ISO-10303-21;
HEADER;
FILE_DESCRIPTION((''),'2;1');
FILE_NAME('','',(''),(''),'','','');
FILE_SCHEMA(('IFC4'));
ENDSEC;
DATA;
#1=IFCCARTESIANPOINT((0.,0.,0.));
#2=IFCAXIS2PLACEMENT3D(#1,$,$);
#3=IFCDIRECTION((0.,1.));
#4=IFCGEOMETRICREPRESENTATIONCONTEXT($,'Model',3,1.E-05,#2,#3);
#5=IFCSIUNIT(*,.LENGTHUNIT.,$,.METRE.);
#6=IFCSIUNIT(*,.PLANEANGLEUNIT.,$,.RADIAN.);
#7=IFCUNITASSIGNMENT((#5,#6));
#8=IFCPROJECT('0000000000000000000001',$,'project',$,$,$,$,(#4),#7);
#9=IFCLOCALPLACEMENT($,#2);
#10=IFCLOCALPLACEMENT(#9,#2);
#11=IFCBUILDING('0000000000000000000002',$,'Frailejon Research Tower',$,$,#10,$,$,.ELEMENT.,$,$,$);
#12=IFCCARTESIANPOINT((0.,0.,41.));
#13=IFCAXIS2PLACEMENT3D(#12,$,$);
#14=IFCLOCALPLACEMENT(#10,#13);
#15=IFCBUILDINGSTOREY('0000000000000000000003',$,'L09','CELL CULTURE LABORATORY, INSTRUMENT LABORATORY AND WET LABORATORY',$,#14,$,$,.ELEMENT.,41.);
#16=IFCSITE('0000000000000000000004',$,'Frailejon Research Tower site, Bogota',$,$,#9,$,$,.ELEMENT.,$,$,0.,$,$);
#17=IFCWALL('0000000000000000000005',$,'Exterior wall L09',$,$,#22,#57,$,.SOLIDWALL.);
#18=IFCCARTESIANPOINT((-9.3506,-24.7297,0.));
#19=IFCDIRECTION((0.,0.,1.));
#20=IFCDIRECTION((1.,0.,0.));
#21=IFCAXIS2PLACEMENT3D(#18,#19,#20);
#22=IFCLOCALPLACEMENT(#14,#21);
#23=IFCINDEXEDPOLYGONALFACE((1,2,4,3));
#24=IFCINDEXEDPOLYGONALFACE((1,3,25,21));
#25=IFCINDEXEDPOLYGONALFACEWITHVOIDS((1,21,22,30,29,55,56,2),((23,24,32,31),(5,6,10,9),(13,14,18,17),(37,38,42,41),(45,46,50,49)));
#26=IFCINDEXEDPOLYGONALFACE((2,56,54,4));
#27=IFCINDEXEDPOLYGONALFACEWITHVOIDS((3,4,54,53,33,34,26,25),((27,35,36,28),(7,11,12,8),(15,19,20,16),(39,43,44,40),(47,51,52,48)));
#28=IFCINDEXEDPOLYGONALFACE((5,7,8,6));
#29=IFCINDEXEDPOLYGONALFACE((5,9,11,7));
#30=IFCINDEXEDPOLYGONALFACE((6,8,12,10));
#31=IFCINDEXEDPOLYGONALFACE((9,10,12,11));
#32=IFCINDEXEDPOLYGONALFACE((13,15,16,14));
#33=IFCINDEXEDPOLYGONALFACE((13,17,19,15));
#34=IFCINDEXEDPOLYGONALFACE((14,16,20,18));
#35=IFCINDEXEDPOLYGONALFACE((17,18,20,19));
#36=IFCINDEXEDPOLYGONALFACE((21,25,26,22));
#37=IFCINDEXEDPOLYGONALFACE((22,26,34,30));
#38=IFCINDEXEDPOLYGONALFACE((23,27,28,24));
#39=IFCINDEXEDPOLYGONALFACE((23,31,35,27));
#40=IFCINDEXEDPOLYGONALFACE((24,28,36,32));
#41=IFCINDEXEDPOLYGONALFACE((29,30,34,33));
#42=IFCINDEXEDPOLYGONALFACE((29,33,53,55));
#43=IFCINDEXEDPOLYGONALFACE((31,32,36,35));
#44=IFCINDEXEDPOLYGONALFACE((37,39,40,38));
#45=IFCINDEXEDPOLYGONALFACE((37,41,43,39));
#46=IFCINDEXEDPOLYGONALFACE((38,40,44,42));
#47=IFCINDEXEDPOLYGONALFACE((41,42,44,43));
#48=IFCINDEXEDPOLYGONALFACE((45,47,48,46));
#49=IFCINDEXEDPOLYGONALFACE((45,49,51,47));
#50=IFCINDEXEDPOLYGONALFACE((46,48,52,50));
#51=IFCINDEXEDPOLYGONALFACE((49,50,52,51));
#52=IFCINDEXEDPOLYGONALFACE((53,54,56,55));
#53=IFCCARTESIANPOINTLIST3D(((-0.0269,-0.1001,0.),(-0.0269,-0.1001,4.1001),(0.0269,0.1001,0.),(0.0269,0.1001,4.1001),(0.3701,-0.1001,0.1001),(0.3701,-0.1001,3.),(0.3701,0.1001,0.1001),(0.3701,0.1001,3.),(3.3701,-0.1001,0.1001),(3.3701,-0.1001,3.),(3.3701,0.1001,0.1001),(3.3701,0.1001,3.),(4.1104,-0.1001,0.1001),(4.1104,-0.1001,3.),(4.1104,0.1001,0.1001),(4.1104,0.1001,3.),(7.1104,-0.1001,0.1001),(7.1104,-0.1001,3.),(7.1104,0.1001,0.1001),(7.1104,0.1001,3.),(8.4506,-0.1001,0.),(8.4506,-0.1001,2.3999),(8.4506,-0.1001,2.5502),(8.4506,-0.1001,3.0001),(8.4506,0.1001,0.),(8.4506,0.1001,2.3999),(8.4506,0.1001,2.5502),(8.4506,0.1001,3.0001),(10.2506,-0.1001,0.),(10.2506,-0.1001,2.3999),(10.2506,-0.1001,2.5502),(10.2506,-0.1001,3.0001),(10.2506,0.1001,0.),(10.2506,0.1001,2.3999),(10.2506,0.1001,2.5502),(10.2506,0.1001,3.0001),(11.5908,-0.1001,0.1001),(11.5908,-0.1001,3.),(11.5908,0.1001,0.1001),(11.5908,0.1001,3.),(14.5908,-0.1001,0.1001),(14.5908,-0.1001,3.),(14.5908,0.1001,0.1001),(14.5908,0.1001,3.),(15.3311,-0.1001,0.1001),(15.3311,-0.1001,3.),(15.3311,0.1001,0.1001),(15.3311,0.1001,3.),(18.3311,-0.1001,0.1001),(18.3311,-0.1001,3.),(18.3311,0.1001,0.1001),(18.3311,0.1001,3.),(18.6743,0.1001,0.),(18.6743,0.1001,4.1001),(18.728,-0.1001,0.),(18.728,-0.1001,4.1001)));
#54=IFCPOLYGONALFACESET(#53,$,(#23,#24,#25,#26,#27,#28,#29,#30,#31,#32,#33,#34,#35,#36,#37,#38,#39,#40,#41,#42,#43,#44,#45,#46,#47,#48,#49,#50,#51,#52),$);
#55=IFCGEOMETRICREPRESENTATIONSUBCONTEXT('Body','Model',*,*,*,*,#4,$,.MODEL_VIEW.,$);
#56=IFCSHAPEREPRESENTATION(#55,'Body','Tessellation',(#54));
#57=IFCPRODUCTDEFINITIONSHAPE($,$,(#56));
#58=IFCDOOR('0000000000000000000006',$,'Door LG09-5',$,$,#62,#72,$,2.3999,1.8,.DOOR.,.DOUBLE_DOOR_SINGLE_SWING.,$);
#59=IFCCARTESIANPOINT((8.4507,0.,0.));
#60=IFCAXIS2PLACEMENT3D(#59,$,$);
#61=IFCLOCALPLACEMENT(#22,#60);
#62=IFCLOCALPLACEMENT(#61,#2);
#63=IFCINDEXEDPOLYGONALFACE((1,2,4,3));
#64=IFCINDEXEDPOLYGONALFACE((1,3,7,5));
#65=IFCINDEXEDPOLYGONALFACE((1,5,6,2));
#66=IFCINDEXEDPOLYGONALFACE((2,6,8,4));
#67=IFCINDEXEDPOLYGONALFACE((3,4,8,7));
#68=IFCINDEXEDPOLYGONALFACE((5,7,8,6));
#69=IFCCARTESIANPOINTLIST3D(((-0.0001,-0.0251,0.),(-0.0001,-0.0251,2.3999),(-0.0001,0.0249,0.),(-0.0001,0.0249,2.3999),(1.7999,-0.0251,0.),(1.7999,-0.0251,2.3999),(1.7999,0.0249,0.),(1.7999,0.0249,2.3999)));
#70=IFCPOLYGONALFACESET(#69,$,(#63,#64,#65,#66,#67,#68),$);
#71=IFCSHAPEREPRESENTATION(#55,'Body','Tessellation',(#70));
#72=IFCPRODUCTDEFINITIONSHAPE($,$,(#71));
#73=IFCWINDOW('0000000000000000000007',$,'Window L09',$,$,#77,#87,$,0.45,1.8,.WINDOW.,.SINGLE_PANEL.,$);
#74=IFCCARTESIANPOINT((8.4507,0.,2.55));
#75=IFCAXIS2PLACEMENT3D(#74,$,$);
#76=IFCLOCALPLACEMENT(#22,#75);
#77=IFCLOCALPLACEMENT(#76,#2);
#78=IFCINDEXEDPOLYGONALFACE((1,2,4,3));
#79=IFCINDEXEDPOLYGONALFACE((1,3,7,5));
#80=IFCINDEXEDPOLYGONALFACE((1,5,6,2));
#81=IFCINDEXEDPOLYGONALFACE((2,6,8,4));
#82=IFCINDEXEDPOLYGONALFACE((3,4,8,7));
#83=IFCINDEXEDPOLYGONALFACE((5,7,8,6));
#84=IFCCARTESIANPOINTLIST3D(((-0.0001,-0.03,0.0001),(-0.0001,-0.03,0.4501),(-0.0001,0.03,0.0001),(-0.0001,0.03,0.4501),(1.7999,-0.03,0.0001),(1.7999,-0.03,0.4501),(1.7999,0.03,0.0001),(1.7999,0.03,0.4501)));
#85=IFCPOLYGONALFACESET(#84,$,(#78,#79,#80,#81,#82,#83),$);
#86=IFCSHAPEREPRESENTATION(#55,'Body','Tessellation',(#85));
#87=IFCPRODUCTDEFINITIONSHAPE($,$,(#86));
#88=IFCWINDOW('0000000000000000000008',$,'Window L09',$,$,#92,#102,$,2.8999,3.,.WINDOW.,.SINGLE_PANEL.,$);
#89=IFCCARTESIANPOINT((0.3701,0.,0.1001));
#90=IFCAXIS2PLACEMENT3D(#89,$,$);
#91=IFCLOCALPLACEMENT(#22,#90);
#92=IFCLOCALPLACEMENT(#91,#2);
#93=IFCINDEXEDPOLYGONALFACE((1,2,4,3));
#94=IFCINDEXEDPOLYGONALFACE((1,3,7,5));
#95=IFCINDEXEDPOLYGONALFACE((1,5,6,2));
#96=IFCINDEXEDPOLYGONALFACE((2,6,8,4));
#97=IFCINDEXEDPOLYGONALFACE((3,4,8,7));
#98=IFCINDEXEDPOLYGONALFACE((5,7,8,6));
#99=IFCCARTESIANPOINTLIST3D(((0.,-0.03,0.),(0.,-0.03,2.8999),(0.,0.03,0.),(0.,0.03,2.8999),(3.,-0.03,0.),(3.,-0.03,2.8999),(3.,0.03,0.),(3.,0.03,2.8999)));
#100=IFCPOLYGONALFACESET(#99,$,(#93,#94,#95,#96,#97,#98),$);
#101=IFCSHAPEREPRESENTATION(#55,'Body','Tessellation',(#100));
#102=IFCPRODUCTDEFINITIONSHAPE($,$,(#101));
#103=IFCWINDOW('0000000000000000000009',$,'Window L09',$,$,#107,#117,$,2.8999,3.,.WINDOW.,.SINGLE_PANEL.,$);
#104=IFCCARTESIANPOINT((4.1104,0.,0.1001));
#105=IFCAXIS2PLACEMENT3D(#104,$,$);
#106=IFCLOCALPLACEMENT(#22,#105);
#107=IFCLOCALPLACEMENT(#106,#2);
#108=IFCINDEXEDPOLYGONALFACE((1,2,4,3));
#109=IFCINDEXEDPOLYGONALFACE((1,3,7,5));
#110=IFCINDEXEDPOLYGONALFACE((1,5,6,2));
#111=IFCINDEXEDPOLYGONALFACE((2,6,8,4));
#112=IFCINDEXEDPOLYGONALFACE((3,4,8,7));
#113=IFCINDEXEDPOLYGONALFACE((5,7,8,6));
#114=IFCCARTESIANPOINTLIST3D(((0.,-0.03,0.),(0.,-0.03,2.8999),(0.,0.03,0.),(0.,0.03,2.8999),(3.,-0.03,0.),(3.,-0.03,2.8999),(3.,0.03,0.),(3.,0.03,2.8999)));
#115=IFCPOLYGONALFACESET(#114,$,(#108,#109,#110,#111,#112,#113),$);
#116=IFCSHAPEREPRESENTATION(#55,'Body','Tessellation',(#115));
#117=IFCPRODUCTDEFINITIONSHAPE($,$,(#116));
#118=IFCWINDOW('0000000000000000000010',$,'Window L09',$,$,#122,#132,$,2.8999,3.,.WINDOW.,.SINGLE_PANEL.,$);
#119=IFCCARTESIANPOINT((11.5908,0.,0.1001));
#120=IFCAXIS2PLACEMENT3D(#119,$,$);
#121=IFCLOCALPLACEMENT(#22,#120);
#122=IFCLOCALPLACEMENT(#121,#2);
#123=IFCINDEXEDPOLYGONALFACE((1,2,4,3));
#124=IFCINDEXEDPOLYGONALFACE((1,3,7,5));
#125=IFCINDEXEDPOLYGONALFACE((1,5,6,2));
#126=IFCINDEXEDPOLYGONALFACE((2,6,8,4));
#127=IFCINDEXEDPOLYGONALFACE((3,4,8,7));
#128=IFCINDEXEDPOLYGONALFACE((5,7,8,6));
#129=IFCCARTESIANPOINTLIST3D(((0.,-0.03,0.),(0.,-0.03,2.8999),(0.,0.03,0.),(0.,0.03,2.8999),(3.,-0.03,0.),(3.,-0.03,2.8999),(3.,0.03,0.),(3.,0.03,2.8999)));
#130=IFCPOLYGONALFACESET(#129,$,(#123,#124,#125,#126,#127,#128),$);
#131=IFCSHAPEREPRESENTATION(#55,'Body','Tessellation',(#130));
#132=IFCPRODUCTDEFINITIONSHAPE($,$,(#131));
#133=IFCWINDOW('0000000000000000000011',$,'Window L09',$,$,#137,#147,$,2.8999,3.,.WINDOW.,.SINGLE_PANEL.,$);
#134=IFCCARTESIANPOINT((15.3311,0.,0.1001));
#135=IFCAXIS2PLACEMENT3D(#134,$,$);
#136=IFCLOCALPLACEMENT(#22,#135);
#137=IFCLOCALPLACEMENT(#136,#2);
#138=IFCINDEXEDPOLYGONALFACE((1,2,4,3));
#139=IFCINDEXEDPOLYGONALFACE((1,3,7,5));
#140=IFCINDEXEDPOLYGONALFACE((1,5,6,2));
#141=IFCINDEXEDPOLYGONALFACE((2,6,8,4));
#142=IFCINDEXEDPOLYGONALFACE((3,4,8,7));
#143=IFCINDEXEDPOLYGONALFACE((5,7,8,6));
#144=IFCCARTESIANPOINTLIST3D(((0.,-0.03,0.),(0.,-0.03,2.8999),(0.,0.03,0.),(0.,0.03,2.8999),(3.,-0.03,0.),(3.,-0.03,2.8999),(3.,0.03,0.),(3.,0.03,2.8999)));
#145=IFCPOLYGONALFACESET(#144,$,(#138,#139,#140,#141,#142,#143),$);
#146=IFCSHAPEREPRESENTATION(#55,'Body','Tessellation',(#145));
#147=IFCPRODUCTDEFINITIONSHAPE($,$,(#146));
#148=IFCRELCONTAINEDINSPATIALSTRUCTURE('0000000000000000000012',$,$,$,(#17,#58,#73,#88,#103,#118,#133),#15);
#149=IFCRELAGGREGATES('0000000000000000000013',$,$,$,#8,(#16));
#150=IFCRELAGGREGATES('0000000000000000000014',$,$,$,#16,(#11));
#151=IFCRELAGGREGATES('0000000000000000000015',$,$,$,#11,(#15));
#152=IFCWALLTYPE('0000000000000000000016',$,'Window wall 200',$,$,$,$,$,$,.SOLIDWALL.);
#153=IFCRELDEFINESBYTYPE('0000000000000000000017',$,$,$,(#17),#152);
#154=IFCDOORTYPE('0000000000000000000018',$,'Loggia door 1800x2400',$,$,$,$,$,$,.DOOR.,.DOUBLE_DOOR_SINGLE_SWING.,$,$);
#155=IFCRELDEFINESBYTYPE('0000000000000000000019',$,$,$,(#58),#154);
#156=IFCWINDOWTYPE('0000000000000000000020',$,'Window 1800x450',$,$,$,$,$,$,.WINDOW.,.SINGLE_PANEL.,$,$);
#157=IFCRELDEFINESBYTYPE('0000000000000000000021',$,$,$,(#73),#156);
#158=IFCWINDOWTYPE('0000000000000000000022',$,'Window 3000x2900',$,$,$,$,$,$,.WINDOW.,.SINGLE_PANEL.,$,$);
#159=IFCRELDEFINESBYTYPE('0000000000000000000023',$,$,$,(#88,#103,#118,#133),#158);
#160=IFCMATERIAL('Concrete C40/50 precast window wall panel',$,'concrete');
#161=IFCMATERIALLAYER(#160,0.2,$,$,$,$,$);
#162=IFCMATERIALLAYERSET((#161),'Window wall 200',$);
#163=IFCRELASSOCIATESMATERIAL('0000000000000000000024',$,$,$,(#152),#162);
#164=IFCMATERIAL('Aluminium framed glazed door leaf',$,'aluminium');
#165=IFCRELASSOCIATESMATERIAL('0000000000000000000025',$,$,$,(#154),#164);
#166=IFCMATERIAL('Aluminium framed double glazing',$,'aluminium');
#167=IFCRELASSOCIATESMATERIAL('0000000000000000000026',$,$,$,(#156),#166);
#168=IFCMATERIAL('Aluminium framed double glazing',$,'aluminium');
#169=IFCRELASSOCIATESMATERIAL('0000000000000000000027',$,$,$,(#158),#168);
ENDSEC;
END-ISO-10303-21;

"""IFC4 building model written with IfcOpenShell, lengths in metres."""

from ifc_helpers import new_model, si_unit, direction, frame, frame_2d, origin, place, context, subcontext, project, spatial, polyline, rectangle, outline, extrude, material, layer, layer_set, type_object, element, fill, save


model = new_model("IFC4")

# Units and contexts
model_context = context("Model", 3, precision=1e-05, world=origin(), true_north=direction((0.0, 1.0)))
body_context = subcontext(model_context, "Body", "Model", "MODEL_VIEW")
ifc_project = project(units=[si_unit("LENGTHUNIT", "METRE"), si_unit("PLANEANGLEUNIT", "RADIAN")], contexts=[model_context])

# Site, building, storey
site_placement = place(None, origin())
site = spatial("IfcSite", under=ifc_project, at=site_placement, Name="Frailejon Research Tower site, Bogota", CompositionType="ELEMENT", RefElevation=0.0)
building_placement = place(site_placement, origin())
building = spatial("IfcBuilding", under=site, at=building_placement, Name="Frailejon Research Tower", CompositionType="ELEMENT")
storey_placement = place(building_placement, frame((0.0, 0.0, 41.0)))
storey = spatial("IfcBuildingStorey", under=building, at=storey_placement, Name="L09", Description="CELL CULTURE LABORATORY, INSTRUMENT LABORATORY AND WET LABORATORY", CompositionType="ELEMENT", Elevation=41.0)

# Wall, openings, door, windows
ifc_material_1 = material(Name="Concrete C40/50 precast window wall panel", Category="concrete")
ifc_layer_1 = layer(ifc_material_1, 0.2)
ifc_layer_set_1 = layer_set([ifc_layer_1], Name="Window wall 200")
wall_type = type_object("IfcWallType", Name="Window wall 200", PredefinedType="SOLIDWALL", material=ifc_layer_set_1)
wall_placement = place(storey_placement, frame((-9.3506, -24.7297, 0.0), z_axis=(0.0, 0.0, 1.0), x_axis=(1.0, 0.0, 0.0)))
wall = element("IfcWall", 1, at=wall_placement, inside=storey, type_object=wall_type, Name="Exterior wall L09", PredefinedType="SOLIDWALL", context=body_context, shape_type="SweptSolid", body=[
    extrude(outline(polyline([(-0.0269, -0.1001), (1.0151, -0.1001), (2.0571, -0.1001), (3.0989, -0.1001), (4.1409, -0.1001), (5.1829, -0.1001), (6.2249, -0.1001), (7.2666, -0.1001), (8.3086, -0.1001), (9.3506, -0.1001), (10.3926, -0.1001), (11.4346, -0.1001), (12.4763, -0.1001), (13.5183, -0.1001), (14.5603, -0.1001), (15.6023, -0.1001), (16.644, -0.1001), (17.686, -0.1001), (18.728, -0.1001), (18.6743, 0.1001), (17.6384, 0.1001), (16.6023, 0.1001), (15.5664, 0.1001), (14.5305, 0.1001), (13.4944, 0.1001), (12.4585, 0.1001), (11.4226, 0.1001), (10.3865, 0.1001), (9.3506, 0.1001), (8.3147, 0.1001), (7.2786, 0.1001), (6.2427, 0.1001), (5.2068, 0.1001), (4.1707, 0.1001), (3.1348, 0.1001), (2.0989, 0.1001), (1.0627, 0.1001), (0.0269, 0.1001), (-0.0269, -0.1001)])), origin(), (0.0, 0.0, 1.0), 4.1001),
])
opening_1_placement = place(wall_placement, frame((0.3701, 0.0, 0.1001)))
opening_1 = element("IfcOpeningElement", 2, at=opening_1_placement, cuts=wall, PredefinedType="OPENING", context=body_context, shape_type="SweptSolid", body=[
    extrude(rectangle(XDim=3.0, YDim=2.8999, at=frame_2d((1.5, 1.45))), frame((0.0, 0.1099, 0.0), z_axis=(0.0, -1.0, 0.0), x_axis=(1.0, 0.0, 0.0)), (0.0, 0.0, 1.0), 0.22),
])
opening_2_placement = place(wall_placement, frame((4.1104, 0.0, 0.1001)))
opening_2 = element("IfcOpeningElement", 3, at=opening_2_placement, cuts=wall, PredefinedType="OPENING", context=body_context, shape_type="SweptSolid", body=[
    extrude(rectangle(XDim=3.0, YDim=2.8999, at=frame_2d((1.5, 1.45))), frame((0.0, 0.1099, 0.0), z_axis=(0.0, -1.0, 0.0), x_axis=(1.0, 0.0, 0.0)), (0.0, 0.0, 1.0), 0.22),
])
opening_3_placement = place(wall_placement, frame((8.4507, 0.0, 0.0)))
opening_3 = element("IfcOpeningElement", 4, at=opening_3_placement, cuts=wall, PredefinedType="OPENING", context=body_context, shape_type="SweptSolid", body=[
    extrude(rectangle(XDim=1.8, YDim=2.3999, at=frame_2d((0.8999, 1.2))), frame((0.0, 0.1099, 0.0), z_axis=(0.0, -1.0, 0.0), x_axis=(1.0, 0.0, 0.0)), (0.0, 0.0, 1.0), 0.22),
])
opening_4_placement = place(wall_placement, frame((8.4507, 0.0, 2.55)))
opening_4 = element("IfcOpeningElement", 5, at=opening_4_placement, cuts=wall, PredefinedType="OPENING", context=body_context, shape_type="SweptSolid", body=[
    extrude(rectangle(XDim=1.8, YDim=0.45, at=frame_2d((0.8999, 0.2251))), frame((0.0, 0.1099, 0.0), z_axis=(0.0, -1.0, 0.0), x_axis=(1.0, 0.0, 0.0)), (0.0, 0.0, 1.0), 0.22),
])
opening_5_placement = place(wall_placement, frame((11.5908, 0.0, 0.1001)))
opening_5 = element("IfcOpeningElement", 6, at=opening_5_placement, cuts=wall, PredefinedType="OPENING", context=body_context, shape_type="SweptSolid", body=[
    extrude(rectangle(XDim=3.0, YDim=2.8999, at=frame_2d((1.5, 1.45))), frame((0.0, 0.1099, 0.0), z_axis=(0.0, -1.0, 0.0), x_axis=(1.0, 0.0, 0.0)), (0.0, 0.0, 1.0), 0.22),
])
opening_6_placement = place(wall_placement, frame((15.3311, 0.0, 0.1001)))
opening_6 = element("IfcOpeningElement", 7, at=opening_6_placement, cuts=wall, PredefinedType="OPENING", context=body_context, shape_type="SweptSolid", body=[
    extrude(rectangle(XDim=3.0, YDim=2.8999, at=frame_2d((1.5, 1.45))), frame((0.0, 0.1099, 0.0), z_axis=(0.0, -1.0, 0.0), x_axis=(1.0, 0.0, 0.0)), (0.0, 0.0, 1.0), 0.22),
])
ifc_material_2 = material(Name="Aluminium framed glazed door leaf", Category="aluminium")
door_type = type_object("IfcDoorType", Name="Loggia door 1800x2400", OperationType="DOUBLE_DOOR_SINGLE_SWING", PredefinedType="DOOR", material=ifc_material_2)
door_placement = place(opening_3_placement, origin())
door = element("IfcDoor", 8, at=door_placement, inside=storey, type_object=door_type, Name="Door LG09-5", OperationType="DOUBLE_DOOR_SINGLE_SWING", OverallHeight=2.3999, OverallWidth=1.8, PredefinedType="DOOR", context=body_context, shape_type="SweptSolid", body=[
    extrude(rectangle(XDim=1.8, YDim=2.3999, at=frame_2d((0.8999, 1.2))), frame((0.0, 0.0249, 0.0), z_axis=(0.0, -1.0, 0.0), x_axis=(1.0, 0.0, 0.0)), (0.0, 0.0, 1.0), 0.05),
])
fill(opening_3, door)
ifc_material_3 = material(Name="Aluminium framed double glazing", Category="aluminium")
window_type_1 = type_object("IfcWindowType", Name="Window 1800x450", PartitioningType="SINGLE_PANEL", PredefinedType="WINDOW", material=ifc_material_3)
window_1_placement = place(opening_4_placement, origin())
window_1 = element("IfcWindow", 9, at=window_1_placement, inside=storey, type_object=window_type_1, Name="Window L09", OverallHeight=0.45, OverallWidth=1.8, PartitioningType="SINGLE_PANEL", PredefinedType="WINDOW", context=body_context, shape_type="SweptSolid", body=[
    extrude(rectangle(XDim=1.8, YDim=0.45, at=frame_2d((0.8999, 0.2251))), frame((0.0, 0.03, 0.0), z_axis=(0.0, -1.0, 0.0), x_axis=(1.0, 0.0, 0.0)), (0.0, 0.0, 1.0), 0.0601),
])
fill(opening_4, window_1)
ifc_material_4 = material(Name="Aluminium framed double glazing", Category="aluminium")
window_type_2 = type_object("IfcWindowType", Name="Window 3000x2900", PartitioningType="SINGLE_PANEL", PredefinedType="WINDOW", material=ifc_material_4)
window_2_placement = place(opening_1_placement, origin())
window_2 = element("IfcWindow", 10, at=window_2_placement, inside=storey, type_object=window_type_2, Name="Window L09", OverallHeight=2.8999, OverallWidth=3.0, PartitioningType="SINGLE_PANEL", PredefinedType="WINDOW", context=body_context, shape_type="SweptSolid", body=[
    extrude(rectangle(XDim=3.0, YDim=2.8999, at=frame_2d((1.5, 1.45))), frame((0.0, 0.03, 0.0), z_axis=(0.0, -1.0, 0.0), x_axis=(1.0, 0.0, 0.0)), (0.0, 0.0, 1.0), 0.0601),
])
fill(opening_1, window_2)
window_3_placement = place(opening_2_placement, origin())
window_3 = element("IfcWindow", 11, at=window_3_placement, inside=storey, type_object=window_type_2, Name="Window L09", OverallHeight=2.8999, OverallWidth=3.0, PartitioningType="SINGLE_PANEL", PredefinedType="WINDOW", context=body_context, shape_type="SweptSolid", body=[
    extrude(rectangle(XDim=3.0, YDim=2.8999, at=frame_2d((1.5, 1.45))), frame((0.0, 0.03, 0.0), z_axis=(0.0, -1.0, 0.0), x_axis=(1.0, 0.0, 0.0)), (0.0, 0.0, 1.0), 0.0601),
])
fill(opening_2, window_3)
window_4_placement = place(opening_5_placement, origin())
window_4 = element("IfcWindow", 12, at=window_4_placement, inside=storey, type_object=window_type_2, Name="Window L09", OverallHeight=2.8999, OverallWidth=3.0, PartitioningType="SINGLE_PANEL", PredefinedType="WINDOW", context=body_context, shape_type="SweptSolid", body=[
    extrude(rectangle(XDim=3.0, YDim=2.8999, at=frame_2d((1.5, 1.45))), frame((0.0, 0.03, 0.0), z_axis=(0.0, -1.0, 0.0), x_axis=(1.0, 0.0, 0.0)), (0.0, 0.0, 1.0), 0.0601),
])
fill(opening_5, window_4)
window_5_placement = place(opening_6_placement, origin())
window_5 = element("IfcWindow", 13, at=window_5_placement, inside=storey, type_object=window_type_2, Name="Window L09", OverallHeight=2.8999, OverallWidth=3.0, PartitioningType="SINGLE_PANEL", PredefinedType="WINDOW", context=body_context, shape_type="SweptSolid", body=[
    extrude(rectangle(XDim=3.0, YDim=2.8999, at=frame_2d((1.5, 1.45))), frame((0.0, 0.03, 0.0), z_axis=(0.0, -1.0, 0.0), x_axis=(1.0, 0.0, 0.0)), (0.0, 0.0, 1.0), 0.0601),
])
fill(opening_6, window_5)

save(model, "model.ifc")
